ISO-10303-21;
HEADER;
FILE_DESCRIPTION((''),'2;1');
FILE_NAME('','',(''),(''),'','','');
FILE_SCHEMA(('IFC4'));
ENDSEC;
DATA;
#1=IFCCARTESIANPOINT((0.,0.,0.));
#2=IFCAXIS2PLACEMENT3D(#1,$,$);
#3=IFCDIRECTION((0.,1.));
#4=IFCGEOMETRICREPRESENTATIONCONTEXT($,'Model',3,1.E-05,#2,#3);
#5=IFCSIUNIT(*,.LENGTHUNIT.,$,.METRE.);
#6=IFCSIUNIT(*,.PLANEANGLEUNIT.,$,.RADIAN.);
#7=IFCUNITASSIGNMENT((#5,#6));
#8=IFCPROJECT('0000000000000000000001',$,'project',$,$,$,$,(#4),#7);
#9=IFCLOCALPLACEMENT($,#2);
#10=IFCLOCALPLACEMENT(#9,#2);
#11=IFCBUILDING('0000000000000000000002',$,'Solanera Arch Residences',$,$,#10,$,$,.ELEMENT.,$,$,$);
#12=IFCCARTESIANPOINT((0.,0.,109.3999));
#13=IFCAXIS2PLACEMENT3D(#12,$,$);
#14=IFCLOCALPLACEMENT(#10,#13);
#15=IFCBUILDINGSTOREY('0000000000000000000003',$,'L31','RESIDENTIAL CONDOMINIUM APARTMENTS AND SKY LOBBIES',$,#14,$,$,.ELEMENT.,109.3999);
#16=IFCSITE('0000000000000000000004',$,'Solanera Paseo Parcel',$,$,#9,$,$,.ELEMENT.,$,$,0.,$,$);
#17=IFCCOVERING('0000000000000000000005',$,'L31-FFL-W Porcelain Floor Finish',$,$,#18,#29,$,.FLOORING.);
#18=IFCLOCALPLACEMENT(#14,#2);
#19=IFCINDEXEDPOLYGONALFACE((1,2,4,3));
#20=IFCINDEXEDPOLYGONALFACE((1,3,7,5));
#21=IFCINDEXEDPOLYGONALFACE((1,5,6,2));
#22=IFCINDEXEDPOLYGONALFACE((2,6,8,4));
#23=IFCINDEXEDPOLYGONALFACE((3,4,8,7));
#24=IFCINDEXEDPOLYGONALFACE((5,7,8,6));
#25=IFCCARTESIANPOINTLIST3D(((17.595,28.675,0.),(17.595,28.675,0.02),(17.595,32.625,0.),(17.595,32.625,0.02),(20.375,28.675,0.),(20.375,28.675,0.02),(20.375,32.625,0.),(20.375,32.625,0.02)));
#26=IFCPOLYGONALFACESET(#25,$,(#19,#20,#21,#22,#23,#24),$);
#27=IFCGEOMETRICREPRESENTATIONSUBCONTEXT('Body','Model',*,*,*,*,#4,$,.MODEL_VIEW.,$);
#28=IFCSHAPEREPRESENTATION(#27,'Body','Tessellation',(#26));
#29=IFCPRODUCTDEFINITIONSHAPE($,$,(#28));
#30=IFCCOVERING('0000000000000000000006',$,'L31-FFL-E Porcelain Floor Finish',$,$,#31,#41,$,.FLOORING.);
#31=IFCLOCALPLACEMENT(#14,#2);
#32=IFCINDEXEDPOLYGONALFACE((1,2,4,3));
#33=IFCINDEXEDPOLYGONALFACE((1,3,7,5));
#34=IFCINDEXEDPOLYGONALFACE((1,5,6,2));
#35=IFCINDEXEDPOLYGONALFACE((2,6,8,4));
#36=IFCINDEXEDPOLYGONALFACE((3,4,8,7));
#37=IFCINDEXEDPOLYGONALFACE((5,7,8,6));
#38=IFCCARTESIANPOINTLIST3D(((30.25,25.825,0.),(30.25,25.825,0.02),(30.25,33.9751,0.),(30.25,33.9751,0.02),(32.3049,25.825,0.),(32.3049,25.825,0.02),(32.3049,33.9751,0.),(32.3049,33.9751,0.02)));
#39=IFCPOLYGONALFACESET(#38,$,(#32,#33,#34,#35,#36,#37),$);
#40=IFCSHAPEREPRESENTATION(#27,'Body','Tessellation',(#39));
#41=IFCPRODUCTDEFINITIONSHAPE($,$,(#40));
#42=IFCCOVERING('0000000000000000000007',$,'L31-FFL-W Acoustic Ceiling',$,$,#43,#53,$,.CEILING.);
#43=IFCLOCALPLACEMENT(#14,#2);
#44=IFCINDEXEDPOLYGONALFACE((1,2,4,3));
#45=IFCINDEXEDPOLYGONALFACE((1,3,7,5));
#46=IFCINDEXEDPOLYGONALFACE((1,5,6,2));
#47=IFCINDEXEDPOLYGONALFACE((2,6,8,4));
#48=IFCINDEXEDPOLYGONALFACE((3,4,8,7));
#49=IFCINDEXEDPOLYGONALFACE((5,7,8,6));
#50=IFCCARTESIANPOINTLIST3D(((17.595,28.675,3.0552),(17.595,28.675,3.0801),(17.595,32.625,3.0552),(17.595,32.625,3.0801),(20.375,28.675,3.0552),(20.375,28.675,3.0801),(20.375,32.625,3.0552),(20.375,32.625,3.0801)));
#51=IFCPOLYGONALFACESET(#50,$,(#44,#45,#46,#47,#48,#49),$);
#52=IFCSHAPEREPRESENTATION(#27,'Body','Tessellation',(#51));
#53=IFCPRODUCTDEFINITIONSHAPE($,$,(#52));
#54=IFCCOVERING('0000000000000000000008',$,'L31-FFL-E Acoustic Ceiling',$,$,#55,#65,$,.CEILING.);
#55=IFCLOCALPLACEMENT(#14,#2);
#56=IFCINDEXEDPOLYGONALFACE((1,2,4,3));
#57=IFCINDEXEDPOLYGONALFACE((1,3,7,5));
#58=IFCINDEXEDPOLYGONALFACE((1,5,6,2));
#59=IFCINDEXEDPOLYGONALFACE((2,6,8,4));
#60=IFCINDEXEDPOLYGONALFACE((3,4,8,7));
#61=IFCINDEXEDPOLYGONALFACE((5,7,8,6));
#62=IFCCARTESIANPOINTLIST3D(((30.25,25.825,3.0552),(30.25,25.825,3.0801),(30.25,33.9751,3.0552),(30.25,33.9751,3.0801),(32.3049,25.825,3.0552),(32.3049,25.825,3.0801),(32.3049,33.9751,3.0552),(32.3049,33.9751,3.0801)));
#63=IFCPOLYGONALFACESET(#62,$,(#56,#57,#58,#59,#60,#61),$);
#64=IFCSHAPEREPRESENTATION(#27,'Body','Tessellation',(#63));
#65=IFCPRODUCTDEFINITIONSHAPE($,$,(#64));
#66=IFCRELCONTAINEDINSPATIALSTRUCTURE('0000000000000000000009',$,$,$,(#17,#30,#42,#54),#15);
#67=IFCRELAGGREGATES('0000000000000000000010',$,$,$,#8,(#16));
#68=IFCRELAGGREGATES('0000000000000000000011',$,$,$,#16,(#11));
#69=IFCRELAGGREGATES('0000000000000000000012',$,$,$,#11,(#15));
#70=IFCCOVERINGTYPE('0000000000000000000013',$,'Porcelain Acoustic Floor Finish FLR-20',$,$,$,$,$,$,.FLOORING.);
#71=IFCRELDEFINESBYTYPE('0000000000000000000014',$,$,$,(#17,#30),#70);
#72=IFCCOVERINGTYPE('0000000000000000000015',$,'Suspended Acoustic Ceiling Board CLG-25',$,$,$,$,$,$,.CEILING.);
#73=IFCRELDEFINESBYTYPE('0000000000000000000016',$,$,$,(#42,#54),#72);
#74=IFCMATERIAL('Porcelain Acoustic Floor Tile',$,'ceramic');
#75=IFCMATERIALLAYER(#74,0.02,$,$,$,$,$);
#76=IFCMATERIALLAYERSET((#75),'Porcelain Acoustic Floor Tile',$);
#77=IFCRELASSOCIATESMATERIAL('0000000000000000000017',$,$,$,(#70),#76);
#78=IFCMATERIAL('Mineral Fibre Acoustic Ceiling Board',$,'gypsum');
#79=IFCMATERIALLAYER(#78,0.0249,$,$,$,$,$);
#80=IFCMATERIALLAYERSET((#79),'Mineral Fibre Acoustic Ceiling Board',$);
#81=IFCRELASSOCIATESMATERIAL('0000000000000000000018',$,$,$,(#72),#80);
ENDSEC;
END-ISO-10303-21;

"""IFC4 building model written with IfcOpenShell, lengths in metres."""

from ifc_helpers import new_model, si_unit, direction, frame, origin, place, context, subcontext, project, spatial, polyline, outline, extrude, material, layer, layer_set, type_object, element, save


model = new_model("IFC4")

# Units and contexts
model_context = context("Model", 3, precision=1e-05, world=origin(), true_north=direction((0.0, 1.0)))
body_context = subcontext(model_context, "Body", "Model", "MODEL_VIEW")
ifc_project = project(units=[si_unit("LENGTHUNIT", "METRE"), si_unit("PLANEANGLEUNIT", "RADIAN")], contexts=[model_context])

# Site, building, storey
site_placement = place(None, origin())
site = spatial("IfcSite", under=ifc_project, at=site_placement, Name="Solanera Paseo Parcel", CompositionType="ELEMENT", RefElevation=0.0)
building_placement = place(site_placement, origin())
building = spatial("IfcBuilding", under=site, at=building_placement, Name="Solanera Arch Residences", CompositionType="ELEMENT")
storey_placement = place(building_placement, frame((0.0, 0.0, 109.3999)))
storey = spatial("IfcBuildingStorey", under=building, at=storey_placement, Name="L31", Description="RESIDENTIAL CONDOMINIUM APARTMENTS AND SKY LOBBIES", CompositionType="ELEMENT", Elevation=109.3999)

# Coverings
ifc_material_1 = material(Name="Porcelain Acoustic Floor Tile", Category="ceramic")
ifc_layer_1 = layer(ifc_material_1, 0.02)
ifc_layer_set_1 = layer_set([ifc_layer_1], Name="Porcelain Acoustic Floor Tile")
covering_type_1 = type_object("IfcCoveringType", Name="Porcelain Acoustic Floor Finish FLR-20", PredefinedType="FLOORING", material=ifc_layer_set_1)
covering_1_placement = place(storey_placement, origin())
element("IfcCovering", 1, at=covering_1_placement, inside=storey, type_object=covering_type_1, Name="L31-FFL-W Porcelain Floor Finish", PredefinedType="FLOORING", context=body_context, shape_type="SweptSolid", body=[
    extrude(outline(polyline([(20.375, 28.675), (17.595, 28.675), (17.595, 32.625), (20.375, 32.625), (20.375, 28.675)])), origin(), (0.0, 0.0, 1.0), 0.02),
])
covering_2_placement = place(storey_placement, origin())
element("IfcCovering", 2, at=covering_2_placement, inside=storey, type_object=covering_type_1, Name="L31-FFL-E Porcelain Floor Finish", PredefinedType="FLOORING", context=body_context, shape_type="SweptSolid", body=[
    extrude(outline(polyline([(32.3049, 25.825), (30.25, 25.825), (30.25, 33.9751), (32.3049, 33.9751), (32.3049, 25.825)])), origin(), (0.0, 0.0, 1.0), 0.02),
])
ifc_material_2 = material(Name="Mineral Fibre Acoustic Ceiling Board", Category="gypsum")
ifc_layer_2 = layer(ifc_material_2, 0.0249)
ifc_layer_set_2 = layer_set([ifc_layer_2], Name="Mineral Fibre Acoustic Ceiling Board")
covering_type_2 = type_object("IfcCoveringType", Name="Suspended Acoustic Ceiling Board CLG-25", PredefinedType="CEILING", material=ifc_layer_set_2)
covering_3_placement = place(storey_placement, frame((0.0, 0.0, 3.0552)))
element("IfcCovering", 3, at=covering_3_placement, inside=storey, type_object=covering_type_2, Name="L31-FFL-W Acoustic Ceiling", PredefinedType="CEILING", context=body_context, shape_type="SweptSolid", body=[
    extrude(outline(polyline([(20.375, 28.675), (17.595, 28.675), (17.595, 32.625), (20.375, 32.625), (20.375, 28.675)])), origin(), (0.0, 0.0, 1.0), 0.0249),
])
covering_4_placement = place(storey_placement, frame((0.0, 0.0, 3.0552)))
element("IfcCovering", 4, at=covering_4_placement, inside=storey, type_object=covering_type_2, Name="L31-FFL-E Acoustic Ceiling", PredefinedType="CEILING", context=body_context, shape_type="SweptSolid", body=[
    extrude(outline(polyline([(32.3049, 25.825), (30.25, 25.825), (30.25, 33.9751), (32.3049, 33.9751), (32.3049, 25.825)])), origin(), (0.0, 0.0, 1.0), 0.0249),
])

save(model, "model.ifc")
